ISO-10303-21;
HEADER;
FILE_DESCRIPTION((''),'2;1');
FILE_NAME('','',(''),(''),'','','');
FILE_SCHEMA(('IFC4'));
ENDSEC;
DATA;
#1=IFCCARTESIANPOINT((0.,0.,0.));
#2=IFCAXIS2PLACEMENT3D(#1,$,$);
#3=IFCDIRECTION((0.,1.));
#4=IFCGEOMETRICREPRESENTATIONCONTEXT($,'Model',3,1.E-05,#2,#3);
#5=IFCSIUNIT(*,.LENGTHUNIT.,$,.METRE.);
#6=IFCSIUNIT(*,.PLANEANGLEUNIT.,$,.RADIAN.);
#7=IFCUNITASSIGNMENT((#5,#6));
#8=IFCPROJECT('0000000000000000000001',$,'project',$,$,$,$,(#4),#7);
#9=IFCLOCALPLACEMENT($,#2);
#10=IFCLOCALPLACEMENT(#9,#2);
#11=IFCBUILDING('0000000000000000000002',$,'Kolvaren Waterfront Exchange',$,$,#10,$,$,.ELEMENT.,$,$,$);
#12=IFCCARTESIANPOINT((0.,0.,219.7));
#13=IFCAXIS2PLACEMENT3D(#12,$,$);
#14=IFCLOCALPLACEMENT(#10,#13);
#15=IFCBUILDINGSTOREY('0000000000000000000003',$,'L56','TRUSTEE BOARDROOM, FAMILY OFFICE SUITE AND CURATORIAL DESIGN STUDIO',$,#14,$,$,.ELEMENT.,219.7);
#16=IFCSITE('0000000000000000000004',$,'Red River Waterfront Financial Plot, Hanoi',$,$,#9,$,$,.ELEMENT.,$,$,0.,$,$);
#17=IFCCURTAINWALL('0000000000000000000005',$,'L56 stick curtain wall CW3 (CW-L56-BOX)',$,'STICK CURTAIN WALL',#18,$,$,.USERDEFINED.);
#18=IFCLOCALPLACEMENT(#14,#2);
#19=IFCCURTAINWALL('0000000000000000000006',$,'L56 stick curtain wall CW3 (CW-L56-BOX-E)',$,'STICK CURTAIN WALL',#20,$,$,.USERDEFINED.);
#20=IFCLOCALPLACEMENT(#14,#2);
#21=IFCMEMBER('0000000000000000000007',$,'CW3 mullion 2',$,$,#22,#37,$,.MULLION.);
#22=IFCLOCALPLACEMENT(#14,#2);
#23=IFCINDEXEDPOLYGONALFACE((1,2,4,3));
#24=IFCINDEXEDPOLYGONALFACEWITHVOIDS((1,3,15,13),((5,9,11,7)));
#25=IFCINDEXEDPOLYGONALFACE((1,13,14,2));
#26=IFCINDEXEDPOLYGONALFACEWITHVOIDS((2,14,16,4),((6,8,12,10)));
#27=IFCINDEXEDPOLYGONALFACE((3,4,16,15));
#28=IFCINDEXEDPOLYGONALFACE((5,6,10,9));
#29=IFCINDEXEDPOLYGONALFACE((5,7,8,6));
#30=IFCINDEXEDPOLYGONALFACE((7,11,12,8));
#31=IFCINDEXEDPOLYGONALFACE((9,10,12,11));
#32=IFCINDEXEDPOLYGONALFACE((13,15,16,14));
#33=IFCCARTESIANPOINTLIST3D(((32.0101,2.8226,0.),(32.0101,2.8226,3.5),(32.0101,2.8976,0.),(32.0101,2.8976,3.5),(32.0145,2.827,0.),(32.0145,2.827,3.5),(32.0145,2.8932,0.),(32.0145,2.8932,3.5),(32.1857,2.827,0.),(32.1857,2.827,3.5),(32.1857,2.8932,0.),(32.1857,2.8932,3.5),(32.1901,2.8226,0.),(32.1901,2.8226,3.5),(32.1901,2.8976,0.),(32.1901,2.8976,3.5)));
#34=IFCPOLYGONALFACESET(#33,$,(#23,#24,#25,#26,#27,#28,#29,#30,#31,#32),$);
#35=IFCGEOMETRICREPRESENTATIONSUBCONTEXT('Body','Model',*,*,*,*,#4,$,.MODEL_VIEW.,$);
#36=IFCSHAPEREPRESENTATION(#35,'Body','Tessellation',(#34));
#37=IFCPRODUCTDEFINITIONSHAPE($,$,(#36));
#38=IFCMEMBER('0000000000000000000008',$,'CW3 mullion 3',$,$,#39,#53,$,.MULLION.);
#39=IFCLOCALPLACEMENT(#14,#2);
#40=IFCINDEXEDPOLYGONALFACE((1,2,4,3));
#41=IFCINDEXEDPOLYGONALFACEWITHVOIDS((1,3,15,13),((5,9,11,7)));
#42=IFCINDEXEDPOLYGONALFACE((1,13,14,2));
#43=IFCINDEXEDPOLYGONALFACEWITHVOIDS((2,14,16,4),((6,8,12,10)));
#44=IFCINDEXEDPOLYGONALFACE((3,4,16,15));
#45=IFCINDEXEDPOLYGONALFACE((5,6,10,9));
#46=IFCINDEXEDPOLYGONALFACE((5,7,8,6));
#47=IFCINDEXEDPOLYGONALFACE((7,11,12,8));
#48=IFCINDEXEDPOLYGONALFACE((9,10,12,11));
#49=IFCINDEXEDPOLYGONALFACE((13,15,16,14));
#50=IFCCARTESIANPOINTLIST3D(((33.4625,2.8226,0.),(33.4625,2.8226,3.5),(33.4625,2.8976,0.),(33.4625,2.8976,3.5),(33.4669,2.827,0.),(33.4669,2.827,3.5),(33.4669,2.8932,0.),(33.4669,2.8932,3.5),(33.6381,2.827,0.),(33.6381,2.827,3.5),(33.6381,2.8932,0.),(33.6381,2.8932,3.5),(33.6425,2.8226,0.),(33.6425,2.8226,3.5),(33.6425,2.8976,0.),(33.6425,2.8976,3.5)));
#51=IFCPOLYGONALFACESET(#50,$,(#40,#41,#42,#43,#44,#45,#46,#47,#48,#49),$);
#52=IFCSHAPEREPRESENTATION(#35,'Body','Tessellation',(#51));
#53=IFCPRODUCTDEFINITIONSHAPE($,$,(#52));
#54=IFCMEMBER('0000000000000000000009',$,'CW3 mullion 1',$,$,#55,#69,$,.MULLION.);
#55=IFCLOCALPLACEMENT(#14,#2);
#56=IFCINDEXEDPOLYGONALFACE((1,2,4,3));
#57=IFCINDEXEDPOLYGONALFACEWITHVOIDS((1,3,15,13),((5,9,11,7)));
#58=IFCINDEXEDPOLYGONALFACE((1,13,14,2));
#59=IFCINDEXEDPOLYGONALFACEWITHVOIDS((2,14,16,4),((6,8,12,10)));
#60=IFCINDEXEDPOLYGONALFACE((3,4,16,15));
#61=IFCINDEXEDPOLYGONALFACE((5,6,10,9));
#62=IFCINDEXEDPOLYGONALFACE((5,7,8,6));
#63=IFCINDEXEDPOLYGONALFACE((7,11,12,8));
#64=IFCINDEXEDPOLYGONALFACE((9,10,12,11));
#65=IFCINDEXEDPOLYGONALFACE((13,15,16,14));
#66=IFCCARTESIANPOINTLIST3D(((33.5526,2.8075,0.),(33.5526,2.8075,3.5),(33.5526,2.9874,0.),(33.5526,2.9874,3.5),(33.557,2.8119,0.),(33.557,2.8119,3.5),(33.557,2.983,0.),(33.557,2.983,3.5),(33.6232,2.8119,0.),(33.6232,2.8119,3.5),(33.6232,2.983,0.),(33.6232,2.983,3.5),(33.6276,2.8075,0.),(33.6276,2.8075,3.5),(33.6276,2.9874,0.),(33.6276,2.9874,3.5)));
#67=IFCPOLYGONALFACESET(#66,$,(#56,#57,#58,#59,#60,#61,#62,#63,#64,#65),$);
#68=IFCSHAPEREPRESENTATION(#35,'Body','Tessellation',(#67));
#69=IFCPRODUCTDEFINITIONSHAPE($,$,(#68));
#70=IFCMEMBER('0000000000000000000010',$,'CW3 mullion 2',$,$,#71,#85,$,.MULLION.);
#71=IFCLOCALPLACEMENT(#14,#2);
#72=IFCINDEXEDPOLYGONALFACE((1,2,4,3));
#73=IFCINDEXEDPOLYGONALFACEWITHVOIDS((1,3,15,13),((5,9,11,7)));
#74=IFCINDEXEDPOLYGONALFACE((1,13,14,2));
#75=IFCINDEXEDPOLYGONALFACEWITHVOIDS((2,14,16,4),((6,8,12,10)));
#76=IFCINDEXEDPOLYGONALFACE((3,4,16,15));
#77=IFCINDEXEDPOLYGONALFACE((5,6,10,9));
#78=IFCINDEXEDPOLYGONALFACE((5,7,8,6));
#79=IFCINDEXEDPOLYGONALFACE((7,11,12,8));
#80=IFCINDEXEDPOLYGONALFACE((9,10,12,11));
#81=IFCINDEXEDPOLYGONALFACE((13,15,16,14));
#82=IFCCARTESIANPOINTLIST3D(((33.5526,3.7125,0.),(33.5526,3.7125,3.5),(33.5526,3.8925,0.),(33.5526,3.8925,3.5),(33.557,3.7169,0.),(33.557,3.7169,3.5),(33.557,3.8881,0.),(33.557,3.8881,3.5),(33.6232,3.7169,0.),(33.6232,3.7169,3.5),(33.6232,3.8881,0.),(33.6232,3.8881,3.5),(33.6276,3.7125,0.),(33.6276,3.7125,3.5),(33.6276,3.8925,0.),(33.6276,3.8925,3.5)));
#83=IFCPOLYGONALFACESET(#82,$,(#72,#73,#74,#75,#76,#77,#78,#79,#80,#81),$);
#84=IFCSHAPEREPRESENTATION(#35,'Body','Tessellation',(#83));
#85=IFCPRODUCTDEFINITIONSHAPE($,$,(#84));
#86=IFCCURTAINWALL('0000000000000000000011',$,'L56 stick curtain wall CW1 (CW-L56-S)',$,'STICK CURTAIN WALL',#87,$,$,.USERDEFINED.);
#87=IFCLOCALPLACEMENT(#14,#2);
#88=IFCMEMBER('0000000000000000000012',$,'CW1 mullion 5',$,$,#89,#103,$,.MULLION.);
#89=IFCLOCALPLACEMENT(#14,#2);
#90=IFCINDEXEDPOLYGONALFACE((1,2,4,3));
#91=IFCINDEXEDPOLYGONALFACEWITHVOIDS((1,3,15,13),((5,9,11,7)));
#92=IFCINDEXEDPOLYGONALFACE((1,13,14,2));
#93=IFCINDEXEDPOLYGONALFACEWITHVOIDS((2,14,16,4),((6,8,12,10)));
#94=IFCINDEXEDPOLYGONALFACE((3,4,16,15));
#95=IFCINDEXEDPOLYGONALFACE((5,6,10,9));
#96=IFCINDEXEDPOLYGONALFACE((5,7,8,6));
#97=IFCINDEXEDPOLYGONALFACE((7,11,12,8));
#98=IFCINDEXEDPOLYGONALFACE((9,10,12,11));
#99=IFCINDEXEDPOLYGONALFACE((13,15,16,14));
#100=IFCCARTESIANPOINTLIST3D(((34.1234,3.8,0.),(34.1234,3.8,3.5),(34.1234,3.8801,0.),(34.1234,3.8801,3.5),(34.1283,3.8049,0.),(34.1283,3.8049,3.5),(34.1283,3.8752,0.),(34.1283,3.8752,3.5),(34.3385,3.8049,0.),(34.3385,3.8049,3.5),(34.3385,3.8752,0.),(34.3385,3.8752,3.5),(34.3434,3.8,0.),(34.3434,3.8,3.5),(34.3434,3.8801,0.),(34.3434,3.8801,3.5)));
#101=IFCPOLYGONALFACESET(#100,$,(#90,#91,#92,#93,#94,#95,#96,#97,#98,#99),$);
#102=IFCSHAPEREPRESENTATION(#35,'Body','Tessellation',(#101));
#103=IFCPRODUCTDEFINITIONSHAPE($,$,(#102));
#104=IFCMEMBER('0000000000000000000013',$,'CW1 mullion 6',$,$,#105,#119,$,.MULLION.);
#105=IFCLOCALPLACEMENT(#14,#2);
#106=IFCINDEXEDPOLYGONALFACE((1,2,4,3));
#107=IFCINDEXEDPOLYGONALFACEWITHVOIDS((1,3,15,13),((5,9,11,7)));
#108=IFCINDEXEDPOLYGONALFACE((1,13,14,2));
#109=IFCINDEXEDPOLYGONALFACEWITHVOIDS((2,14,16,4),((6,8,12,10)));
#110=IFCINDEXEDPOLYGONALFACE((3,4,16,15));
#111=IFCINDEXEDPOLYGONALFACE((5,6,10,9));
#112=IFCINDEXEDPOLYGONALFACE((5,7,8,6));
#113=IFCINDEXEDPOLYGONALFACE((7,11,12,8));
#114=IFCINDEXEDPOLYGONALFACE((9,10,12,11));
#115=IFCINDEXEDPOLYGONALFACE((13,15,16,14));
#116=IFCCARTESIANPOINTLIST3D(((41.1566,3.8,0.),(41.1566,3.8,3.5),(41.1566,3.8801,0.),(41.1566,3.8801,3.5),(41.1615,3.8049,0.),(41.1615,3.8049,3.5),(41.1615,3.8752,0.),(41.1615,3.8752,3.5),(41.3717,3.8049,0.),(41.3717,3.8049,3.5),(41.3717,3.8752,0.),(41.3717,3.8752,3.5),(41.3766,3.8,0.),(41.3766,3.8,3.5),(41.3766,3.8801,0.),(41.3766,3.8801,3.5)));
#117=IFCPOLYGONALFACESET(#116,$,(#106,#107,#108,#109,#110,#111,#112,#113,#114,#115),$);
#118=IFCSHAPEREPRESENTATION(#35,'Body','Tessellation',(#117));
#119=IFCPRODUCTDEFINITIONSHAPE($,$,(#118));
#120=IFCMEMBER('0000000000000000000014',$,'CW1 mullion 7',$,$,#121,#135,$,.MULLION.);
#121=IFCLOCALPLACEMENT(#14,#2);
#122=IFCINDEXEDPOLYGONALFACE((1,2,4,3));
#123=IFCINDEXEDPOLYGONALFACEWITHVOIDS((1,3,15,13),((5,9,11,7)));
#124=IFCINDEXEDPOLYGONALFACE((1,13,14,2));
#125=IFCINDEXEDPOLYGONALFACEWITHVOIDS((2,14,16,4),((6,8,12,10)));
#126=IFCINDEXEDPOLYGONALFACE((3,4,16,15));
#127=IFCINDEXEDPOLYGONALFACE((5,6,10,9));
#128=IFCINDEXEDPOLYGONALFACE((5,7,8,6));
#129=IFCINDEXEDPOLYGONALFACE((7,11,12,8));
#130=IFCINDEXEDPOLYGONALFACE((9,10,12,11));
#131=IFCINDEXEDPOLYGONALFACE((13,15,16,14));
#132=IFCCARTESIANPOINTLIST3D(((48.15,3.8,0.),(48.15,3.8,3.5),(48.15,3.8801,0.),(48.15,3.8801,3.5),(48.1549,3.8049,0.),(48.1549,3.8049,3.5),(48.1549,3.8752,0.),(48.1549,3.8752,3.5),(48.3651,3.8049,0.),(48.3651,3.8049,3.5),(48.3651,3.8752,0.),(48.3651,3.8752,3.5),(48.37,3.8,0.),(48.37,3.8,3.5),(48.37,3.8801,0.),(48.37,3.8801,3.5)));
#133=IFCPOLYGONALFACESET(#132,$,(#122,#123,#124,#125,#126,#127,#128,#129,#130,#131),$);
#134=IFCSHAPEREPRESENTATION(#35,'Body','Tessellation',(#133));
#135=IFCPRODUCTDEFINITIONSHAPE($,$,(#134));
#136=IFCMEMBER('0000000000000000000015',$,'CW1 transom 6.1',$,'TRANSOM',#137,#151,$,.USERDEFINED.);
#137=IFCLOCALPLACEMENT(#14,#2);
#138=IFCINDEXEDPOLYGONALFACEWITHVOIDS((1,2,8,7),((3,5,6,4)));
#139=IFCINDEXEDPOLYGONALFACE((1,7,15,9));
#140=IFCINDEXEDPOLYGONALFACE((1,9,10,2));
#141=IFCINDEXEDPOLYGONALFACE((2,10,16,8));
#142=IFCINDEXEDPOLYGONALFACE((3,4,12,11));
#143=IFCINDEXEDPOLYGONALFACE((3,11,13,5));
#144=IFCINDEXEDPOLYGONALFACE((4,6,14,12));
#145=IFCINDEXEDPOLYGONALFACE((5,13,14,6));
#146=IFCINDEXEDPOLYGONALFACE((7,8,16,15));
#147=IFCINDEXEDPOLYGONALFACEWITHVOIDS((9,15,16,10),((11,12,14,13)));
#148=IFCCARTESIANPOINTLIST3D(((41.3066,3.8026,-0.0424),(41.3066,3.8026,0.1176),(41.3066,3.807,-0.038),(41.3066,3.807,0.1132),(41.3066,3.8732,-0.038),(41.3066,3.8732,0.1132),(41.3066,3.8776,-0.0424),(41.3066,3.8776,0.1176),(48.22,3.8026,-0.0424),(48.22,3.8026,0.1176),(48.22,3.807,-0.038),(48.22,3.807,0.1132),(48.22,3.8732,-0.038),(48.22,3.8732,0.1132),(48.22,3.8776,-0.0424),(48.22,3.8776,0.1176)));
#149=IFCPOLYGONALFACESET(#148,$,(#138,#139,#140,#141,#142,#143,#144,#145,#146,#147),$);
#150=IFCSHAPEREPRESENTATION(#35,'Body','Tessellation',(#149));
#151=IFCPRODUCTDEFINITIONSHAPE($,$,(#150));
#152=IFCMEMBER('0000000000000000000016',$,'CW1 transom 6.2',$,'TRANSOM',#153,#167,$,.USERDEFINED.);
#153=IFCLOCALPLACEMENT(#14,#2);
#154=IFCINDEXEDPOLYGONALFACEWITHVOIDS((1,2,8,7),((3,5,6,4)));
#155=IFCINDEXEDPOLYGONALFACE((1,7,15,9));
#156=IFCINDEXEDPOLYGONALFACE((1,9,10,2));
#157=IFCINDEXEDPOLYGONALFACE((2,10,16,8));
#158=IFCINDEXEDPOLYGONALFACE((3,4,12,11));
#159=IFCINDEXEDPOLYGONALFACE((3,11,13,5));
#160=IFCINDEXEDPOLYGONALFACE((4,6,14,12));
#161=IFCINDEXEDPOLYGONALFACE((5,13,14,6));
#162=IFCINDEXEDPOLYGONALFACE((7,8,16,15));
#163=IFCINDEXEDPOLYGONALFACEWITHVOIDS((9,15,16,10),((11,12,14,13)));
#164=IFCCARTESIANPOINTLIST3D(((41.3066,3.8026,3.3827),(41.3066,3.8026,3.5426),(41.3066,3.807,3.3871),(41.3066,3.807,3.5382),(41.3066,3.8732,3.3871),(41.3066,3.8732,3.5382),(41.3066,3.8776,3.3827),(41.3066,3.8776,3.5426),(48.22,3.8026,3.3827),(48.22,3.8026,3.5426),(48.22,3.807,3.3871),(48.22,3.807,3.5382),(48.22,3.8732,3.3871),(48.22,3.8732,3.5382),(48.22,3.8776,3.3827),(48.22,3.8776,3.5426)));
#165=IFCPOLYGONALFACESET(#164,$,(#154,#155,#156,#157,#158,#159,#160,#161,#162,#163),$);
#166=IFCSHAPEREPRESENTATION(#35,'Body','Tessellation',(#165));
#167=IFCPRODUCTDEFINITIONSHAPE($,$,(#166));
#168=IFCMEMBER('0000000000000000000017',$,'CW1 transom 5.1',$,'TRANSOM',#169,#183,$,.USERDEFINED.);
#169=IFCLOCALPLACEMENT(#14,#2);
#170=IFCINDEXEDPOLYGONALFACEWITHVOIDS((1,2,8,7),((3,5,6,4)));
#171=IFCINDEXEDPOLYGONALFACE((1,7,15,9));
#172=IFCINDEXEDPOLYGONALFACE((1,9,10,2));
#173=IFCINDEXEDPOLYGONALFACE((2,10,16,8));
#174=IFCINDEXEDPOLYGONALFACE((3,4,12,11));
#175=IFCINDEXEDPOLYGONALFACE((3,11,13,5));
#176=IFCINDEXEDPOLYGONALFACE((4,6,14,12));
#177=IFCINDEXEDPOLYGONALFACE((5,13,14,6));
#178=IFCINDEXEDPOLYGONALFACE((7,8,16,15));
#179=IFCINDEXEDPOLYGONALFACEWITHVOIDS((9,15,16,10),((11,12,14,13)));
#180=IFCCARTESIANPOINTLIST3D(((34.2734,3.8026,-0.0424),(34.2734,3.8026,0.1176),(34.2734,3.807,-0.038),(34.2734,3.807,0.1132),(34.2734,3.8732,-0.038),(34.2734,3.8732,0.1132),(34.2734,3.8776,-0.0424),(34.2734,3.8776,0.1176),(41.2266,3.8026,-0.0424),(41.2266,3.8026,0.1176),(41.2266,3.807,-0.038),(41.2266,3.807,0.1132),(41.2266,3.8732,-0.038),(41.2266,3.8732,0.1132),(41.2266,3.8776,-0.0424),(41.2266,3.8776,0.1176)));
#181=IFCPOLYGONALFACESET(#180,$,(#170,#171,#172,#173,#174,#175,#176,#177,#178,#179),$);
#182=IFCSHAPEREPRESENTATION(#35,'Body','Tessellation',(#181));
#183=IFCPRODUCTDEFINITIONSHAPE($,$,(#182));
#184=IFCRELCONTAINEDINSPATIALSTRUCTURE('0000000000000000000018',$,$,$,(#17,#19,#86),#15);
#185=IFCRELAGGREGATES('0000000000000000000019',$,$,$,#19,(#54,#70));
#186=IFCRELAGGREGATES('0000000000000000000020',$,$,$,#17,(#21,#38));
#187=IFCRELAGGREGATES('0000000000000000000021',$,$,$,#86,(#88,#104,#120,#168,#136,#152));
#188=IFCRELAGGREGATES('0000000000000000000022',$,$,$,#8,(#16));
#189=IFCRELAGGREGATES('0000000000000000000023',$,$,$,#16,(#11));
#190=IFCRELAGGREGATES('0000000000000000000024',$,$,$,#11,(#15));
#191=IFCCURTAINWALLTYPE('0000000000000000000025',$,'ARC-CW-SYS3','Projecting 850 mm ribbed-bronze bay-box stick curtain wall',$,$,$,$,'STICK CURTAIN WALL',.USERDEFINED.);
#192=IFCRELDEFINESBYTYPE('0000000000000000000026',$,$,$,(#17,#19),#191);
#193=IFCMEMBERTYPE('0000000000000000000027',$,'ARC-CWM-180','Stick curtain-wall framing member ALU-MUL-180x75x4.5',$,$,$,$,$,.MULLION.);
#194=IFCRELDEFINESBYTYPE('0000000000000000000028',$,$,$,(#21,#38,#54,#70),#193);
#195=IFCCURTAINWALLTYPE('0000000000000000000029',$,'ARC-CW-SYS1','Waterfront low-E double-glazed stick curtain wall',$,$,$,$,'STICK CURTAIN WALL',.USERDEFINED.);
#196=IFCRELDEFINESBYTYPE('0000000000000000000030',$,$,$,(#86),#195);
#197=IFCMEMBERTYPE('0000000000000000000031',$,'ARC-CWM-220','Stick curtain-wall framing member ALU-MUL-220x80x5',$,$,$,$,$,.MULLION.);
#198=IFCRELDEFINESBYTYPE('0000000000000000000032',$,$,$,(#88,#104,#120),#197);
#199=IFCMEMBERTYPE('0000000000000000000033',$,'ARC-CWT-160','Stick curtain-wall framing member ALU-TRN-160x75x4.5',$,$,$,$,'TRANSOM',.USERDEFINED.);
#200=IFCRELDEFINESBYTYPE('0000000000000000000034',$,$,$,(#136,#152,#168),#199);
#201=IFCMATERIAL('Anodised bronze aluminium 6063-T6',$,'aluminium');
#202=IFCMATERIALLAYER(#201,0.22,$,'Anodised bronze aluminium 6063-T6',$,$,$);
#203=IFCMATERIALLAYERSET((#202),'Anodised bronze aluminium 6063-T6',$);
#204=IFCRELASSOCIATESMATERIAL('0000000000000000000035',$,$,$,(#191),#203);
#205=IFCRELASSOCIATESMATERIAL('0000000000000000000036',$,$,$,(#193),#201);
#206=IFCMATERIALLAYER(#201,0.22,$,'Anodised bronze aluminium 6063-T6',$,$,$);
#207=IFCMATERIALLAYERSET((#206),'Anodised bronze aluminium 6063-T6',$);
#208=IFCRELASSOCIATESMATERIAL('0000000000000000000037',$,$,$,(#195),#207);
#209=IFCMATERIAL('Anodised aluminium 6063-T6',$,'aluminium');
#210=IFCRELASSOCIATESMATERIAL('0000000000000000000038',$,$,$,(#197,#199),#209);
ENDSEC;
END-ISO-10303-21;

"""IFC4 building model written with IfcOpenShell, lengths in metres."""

from ifc_helpers import new_model, si_unit, direction, frame, origin, origin_with_axes, origin_2d, place, context, subcontext, project, spatial, hollow_rectangle, extrude, source, transform, mapped, material, layer, layer_set, material_profile, profile_set, type_object, element, aggregate, save


model = new_model("IFC4")

# Units and contexts
model_context = context("Model", 3, precision=1e-05, world=origin(), true_north=direction((0.0, 1.0)))
body_context = subcontext(model_context, "Body", "Model", "MODEL_VIEW")
ifc_project = project(units=[si_unit("LENGTHUNIT", "METRE"), si_unit("PLANEANGLEUNIT", "RADIAN")], contexts=[model_context])

# Site, building, storey
site_placement = place(None, origin())
site = spatial("IfcSite", under=ifc_project, at=site_placement, Name="Red River Waterfront Financial Plot, Hanoi", CompositionType="ELEMENT", RefElevation=0.0)
building_placement = place(site_placement, origin())
building = spatial("IfcBuilding", under=site, at=building_placement, Name="Kolvaren Waterfront Exchange", CompositionType="ELEMENT")
storey_placement = place(building_placement, frame((0.0, 0.0, 219.7)))
storey = spatial("IfcBuildingStorey", under=building, at=storey_placement, Name="L56", Description="TRUSTEE BOARDROOM, FAMILY OFFICE SUITE AND CURATORIAL DESIGN STUDIO", CompositionType="ELEMENT", Elevation=219.7)

# Curtain walls
ifc_material_1 = material(Name="Anodised bronze aluminium 6063-T6", Category="aluminium")
ifc_layer_1 = layer(ifc_material_1, 0.22, Name="Anodised bronze aluminium 6063-T6")
ifc_layer_set_1 = layer_set([ifc_layer_1], Name="Anodised bronze aluminium 6063-T6")
curtain_wall_type_1 = type_object("IfcCurtainWallType", Name="ARC-CW-SYS3", Description="Projecting 850 mm ribbed-bronze bay-box stick curtain wall", ElementType="STICK CURTAIN WALL", PredefinedType="USERDEFINED", material=ifc_layer_set_1)
curtain_wall_1_placement = place(storey_placement, origin())
curtain_wall_1 = element("IfcCurtainWall", 1, at=curtain_wall_1_placement, inside=storey, type_object=curtain_wall_type_1, Name="L56 stick curtain wall CW3 (CW-L56-BOX)", ObjectType="STICK CURTAIN WALL", PredefinedType="USERDEFINED")
curtain_wall_2_placement = place(storey_placement, origin())
curtain_wall_2 = element("IfcCurtainWall", 2, at=curtain_wall_2_placement, inside=storey, type_object=curtain_wall_type_1, Name="L56 stick curtain wall CW3 (CW-L56-BOX-E)", ObjectType="STICK CURTAIN WALL", PredefinedType="USERDEFINED")

# Members
ifc_material_profile_1 = material_profile(ifc_material_1, hollow_rectangle(XDim=0.075, YDim=0.1799, WallThickness=0.0044, at=origin_2d()), Name="ALU-MUL-180x75x4.5")
ifc_profile_set_1 = profile_set([ifc_material_profile_1], Name="Anodised bronze aluminium 6063-T6")
member_type_1 = type_object("IfcMemberType", Name="ARC-CWM-180", Description="Stick curtain-wall framing member ALU-MUL-180x75x4.5", PredefinedType="MULLION", material=ifc_profile_set_1)
shared_shape_1 = source(origin_with_axes(), body_context, "Body", "SweptSolid", [
    extrude(hollow_rectangle(XDim=0.075, YDim=0.1799, WallThickness=0.0044, at=origin_2d()), origin(), (0.0, 0.0, 1.0), 3.5),
])
member_1_placement = place(storey_placement, frame((32.1001, 2.8601, 0.0), z_axis=(0.0, 0.0, 1.0), x_axis=(0.0, 1.0, 0.0)))
member_1 = element("IfcMember", 3, at=member_1_placement, type_object=member_type_1, Name="CW3 mullion 2", PredefinedType="MULLION", context=body_context, shape_type="MappedRepresentation", body=[
    mapped(shared_shape_1, transform((0.0, 0.0, 0.0), x_axis=(1.0, 0.0, 0.0), y_axis=(0.0, 1.0, 0.0), z_axis=(0.0, 0.0, 1.0), scale=1.0)),
])
member_2_placement = place(storey_placement, frame((33.5525, 2.8601, 0.0), z_axis=(0.0, 0.0, 1.0), x_axis=(0.0, 1.0, 0.0)))
member_2 = element("IfcMember", 4, at=member_2_placement, type_object=member_type_1, Name="CW3 mullion 3", PredefinedType="MULLION", context=body_context, shape_type="MappedRepresentation", body=[
    mapped(shared_shape_1, transform((0.0, 0.0, 0.0), x_axis=(1.0, 0.0, 0.0), y_axis=(0.0, 1.0, 0.0), z_axis=(0.0, 0.0, 1.0), scale=1.0)),
])
member_3_placement = place(storey_placement, frame((33.5901, 2.8975, 0.0), z_axis=(0.0, 0.0, 1.0), x_axis=(-1.0, 0.0, 0.0)))
member_3 = element("IfcMember", 5, at=member_3_placement, type_object=member_type_1, Name="CW3 mullion 1", PredefinedType="MULLION", context=body_context, shape_type="MappedRepresentation", body=[
    mapped(shared_shape_1, transform((0.0, 0.0, 0.0), x_axis=(1.0, 0.0, 0.0), y_axis=(0.0, 1.0, 0.0), z_axis=(0.0, 0.0, 1.0), scale=1.0)),
])
member_4_placement = place(storey_placement, frame((33.5901, 3.8025, 0.0), z_axis=(0.0, 0.0, 1.0), x_axis=(-1.0, 0.0, 0.0)))
member_4 = element("IfcMember", 6, at=member_4_placement, type_object=member_type_1, Name="CW3 mullion 2", PredefinedType="MULLION", context=body_context, shape_type="MappedRepresentation", body=[
    mapped(shared_shape_1, transform((0.0, 0.0, 0.0), x_axis=(1.0, 0.0, 0.0), y_axis=(0.0, 1.0, 0.0), z_axis=(0.0, 0.0, 1.0), scale=1.0)),
])

# Curtain wall, members
ifc_layer_2 = layer(ifc_material_1, 0.22, Name="Anodised bronze aluminium 6063-T6")
ifc_layer_set_2 = layer_set([ifc_layer_2], Name="Anodised bronze aluminium 6063-T6")
curtain_wall_type_2 = type_object("IfcCurtainWallType", Name="ARC-CW-SYS1", Description="Waterfront low-E double-glazed stick curtain wall", ElementType="STICK CURTAIN WALL", PredefinedType="USERDEFINED", material=ifc_layer_set_2)
curtain_wall_3_placement = place(storey_placement, origin())
curtain_wall_3 = element("IfcCurtainWall", 7, at=curtain_wall_3_placement, inside=storey, type_object=curtain_wall_type_2, Name="L56 stick curtain wall CW1 (CW-L56-S)", ObjectType="STICK CURTAIN WALL", PredefinedType="USERDEFINED")
ifc_material_2 = material(Name="Anodised aluminium 6063-T6", Category="aluminium")
ifc_material_profile_2 = material_profile(ifc_material_2, hollow_rectangle(XDim=0.0801, YDim=0.22, WallThickness=0.0049, at=origin_2d()), Name="ALU-MUL-220x80x5")
ifc_profile_set_2 = profile_set([ifc_material_profile_2], Name="Anodised aluminium 6063-T6")
member_type_2 = type_object("IfcMemberType", Name="ARC-CWM-220", Description="Stick curtain-wall framing member ALU-MUL-220x80x5", PredefinedType="MULLION", material=ifc_profile_set_2)
shared_shape_2 = source(origin_with_axes(), body_context, "Body", "SweptSolid", [
    extrude(hollow_rectangle(XDim=0.0801, YDim=0.22, WallThickness=0.0049, at=origin_2d()), origin(), (0.0, 0.0, 1.0), 3.5),
])
member_5_placement = place(storey_placement, frame((34.2334, 3.8401, 0.0), z_axis=(0.0, 0.0, 1.0), x_axis=(0.0, 1.0, 0.0)))
member_5 = element("IfcMember", 8, at=member_5_placement, type_object=member_type_2, Name="CW1 mullion 5", PredefinedType="MULLION", context=body_context, shape_type="MappedRepresentation", body=[
    mapped(shared_shape_2, transform((0.0, 0.0, 0.0), x_axis=(1.0, 0.0, 0.0), y_axis=(0.0, 1.0, 0.0), z_axis=(0.0, 0.0, 1.0), scale=1.0)),
])
member_6_placement = place(storey_placement, frame((41.2666, 3.8401, 0.0), z_axis=(0.0, 0.0, 1.0), x_axis=(0.0, 1.0, 0.0)))
member_6 = element("IfcMember", 9, at=member_6_placement, type_object=member_type_2, Name="CW1 mullion 6", PredefinedType="MULLION", context=body_context, shape_type="MappedRepresentation", body=[
    mapped(shared_shape_2, transform((0.0, 0.0, 0.0), x_axis=(1.0, 0.0, 0.0), y_axis=(0.0, 1.0, 0.0), z_axis=(0.0, 0.0, 1.0), scale=1.0)),
])
member_7_placement = place(storey_placement, frame((48.26, 3.8401, 0.0), z_axis=(0.0, 0.0, 1.0), x_axis=(0.0, 1.0, 0.0)))
member_7 = element("IfcMember", 10, at=member_7_placement, type_object=member_type_2, Name="CW1 mullion 7", PredefinedType="MULLION", context=body_context, shape_type="MappedRepresentation", body=[
    mapped(shared_shape_2, transform((0.0, 0.0, 0.0), x_axis=(1.0, 0.0, 0.0), y_axis=(0.0, 1.0, 0.0), z_axis=(0.0, 0.0, 1.0), scale=1.0)),
])
ifc_material_profile_3 = material_profile(ifc_material_2, hollow_rectangle(XDim=0.075, YDim=0.1599, WallThickness=0.0044, at=origin_2d()), Name="ALU-TRN-160x75x4.5")
ifc_profile_set_3 = profile_set([ifc_material_profile_3], Name="Anodised aluminium 6063-T6")
member_type_3 = type_object("IfcMemberType", Name="ARC-CWT-160", Description="Stick curtain-wall framing member ALU-TRN-160x75x4.5", ElementType="TRANSOM", PredefinedType="USERDEFINED", material=ifc_profile_set_3)
shared_shape_3 = source(origin_with_axes(), body_context, "Body", "SweptSolid", [
    extrude(hollow_rectangle(XDim=0.075, YDim=0.1599, WallThickness=0.0044, at=origin_2d()), origin(), (0.0, 0.0, 1.0), 6.9133),
])
member_8_placement = place(storey_placement, frame((41.3066, 3.8401, 0.0376), z_axis=(1.0, 0.0, 0.0), x_axis=(0.0, 1.0, 0.0)))
member_8 = element("IfcMember", 11, at=member_8_placement, type_object=member_type_3, Name="CW1 transom 6.1", ObjectType="TRANSOM", PredefinedType="USERDEFINED", context=body_context, shape_type="MappedRepresentation", body=[
    mapped(shared_shape_3, transform((0.0, 0.0, 0.0), x_axis=(1.0, 0.0, 0.0), y_axis=(0.0, 1.0, 0.0), z_axis=(0.0, 0.0, 1.0), scale=1.0)),
])
member_9_placement = place(storey_placement, frame((41.3066, 3.8401, 3.4626), z_axis=(1.0, 0.0, 0.0), x_axis=(0.0, 1.0, 0.0)))
member_9 = element("IfcMember", 12, at=member_9_placement, type_object=member_type_3, Name="CW1 transom 6.2", ObjectType="TRANSOM", PredefinedType="USERDEFINED", context=body_context, shape_type="MappedRepresentation", body=[
    mapped(shared_shape_3, transform((0.0, 0.0, 0.0), x_axis=(1.0, 0.0, 0.0), y_axis=(0.0, 1.0, 0.0), z_axis=(0.0, 0.0, 1.0), scale=1.0)),
])
shared_shape_4 = source(origin_with_axes(), body_context, "Body", "SweptSolid", [
    extrude(hollow_rectangle(XDim=0.075, YDim=0.1599, WallThickness=0.0044, at=origin_2d()), origin(), (0.0, 0.0, 1.0), 6.9531),
])
member_10_placement = place(storey_placement, frame((34.2734, 3.8401, 0.0376), z_axis=(1.0, 0.0, 0.0), x_axis=(0.0, 1.0, 0.0)))
member_10 = element("IfcMember", 13, at=member_10_placement, type_object=member_type_3, Name="CW1 transom 5.1", ObjectType="TRANSOM", PredefinedType="USERDEFINED", context=body_context, shape_type="MappedRepresentation", body=[
    mapped(shared_shape_4, transform((0.0, 0.0, 0.0), x_axis=(1.0, 0.0, 0.0), y_axis=(0.0, 1.0, 0.0), z_axis=(0.0, 0.0, 1.0), scale=1.0)),
])

aggregate(curtain_wall_2, [member_3, member_4])
aggregate(curtain_wall_1, [member_1, member_2])
aggregate(curtain_wall_3, [member_5, member_6, member_7, member_10, member_8, member_9])

save(model, "model.ifc")
